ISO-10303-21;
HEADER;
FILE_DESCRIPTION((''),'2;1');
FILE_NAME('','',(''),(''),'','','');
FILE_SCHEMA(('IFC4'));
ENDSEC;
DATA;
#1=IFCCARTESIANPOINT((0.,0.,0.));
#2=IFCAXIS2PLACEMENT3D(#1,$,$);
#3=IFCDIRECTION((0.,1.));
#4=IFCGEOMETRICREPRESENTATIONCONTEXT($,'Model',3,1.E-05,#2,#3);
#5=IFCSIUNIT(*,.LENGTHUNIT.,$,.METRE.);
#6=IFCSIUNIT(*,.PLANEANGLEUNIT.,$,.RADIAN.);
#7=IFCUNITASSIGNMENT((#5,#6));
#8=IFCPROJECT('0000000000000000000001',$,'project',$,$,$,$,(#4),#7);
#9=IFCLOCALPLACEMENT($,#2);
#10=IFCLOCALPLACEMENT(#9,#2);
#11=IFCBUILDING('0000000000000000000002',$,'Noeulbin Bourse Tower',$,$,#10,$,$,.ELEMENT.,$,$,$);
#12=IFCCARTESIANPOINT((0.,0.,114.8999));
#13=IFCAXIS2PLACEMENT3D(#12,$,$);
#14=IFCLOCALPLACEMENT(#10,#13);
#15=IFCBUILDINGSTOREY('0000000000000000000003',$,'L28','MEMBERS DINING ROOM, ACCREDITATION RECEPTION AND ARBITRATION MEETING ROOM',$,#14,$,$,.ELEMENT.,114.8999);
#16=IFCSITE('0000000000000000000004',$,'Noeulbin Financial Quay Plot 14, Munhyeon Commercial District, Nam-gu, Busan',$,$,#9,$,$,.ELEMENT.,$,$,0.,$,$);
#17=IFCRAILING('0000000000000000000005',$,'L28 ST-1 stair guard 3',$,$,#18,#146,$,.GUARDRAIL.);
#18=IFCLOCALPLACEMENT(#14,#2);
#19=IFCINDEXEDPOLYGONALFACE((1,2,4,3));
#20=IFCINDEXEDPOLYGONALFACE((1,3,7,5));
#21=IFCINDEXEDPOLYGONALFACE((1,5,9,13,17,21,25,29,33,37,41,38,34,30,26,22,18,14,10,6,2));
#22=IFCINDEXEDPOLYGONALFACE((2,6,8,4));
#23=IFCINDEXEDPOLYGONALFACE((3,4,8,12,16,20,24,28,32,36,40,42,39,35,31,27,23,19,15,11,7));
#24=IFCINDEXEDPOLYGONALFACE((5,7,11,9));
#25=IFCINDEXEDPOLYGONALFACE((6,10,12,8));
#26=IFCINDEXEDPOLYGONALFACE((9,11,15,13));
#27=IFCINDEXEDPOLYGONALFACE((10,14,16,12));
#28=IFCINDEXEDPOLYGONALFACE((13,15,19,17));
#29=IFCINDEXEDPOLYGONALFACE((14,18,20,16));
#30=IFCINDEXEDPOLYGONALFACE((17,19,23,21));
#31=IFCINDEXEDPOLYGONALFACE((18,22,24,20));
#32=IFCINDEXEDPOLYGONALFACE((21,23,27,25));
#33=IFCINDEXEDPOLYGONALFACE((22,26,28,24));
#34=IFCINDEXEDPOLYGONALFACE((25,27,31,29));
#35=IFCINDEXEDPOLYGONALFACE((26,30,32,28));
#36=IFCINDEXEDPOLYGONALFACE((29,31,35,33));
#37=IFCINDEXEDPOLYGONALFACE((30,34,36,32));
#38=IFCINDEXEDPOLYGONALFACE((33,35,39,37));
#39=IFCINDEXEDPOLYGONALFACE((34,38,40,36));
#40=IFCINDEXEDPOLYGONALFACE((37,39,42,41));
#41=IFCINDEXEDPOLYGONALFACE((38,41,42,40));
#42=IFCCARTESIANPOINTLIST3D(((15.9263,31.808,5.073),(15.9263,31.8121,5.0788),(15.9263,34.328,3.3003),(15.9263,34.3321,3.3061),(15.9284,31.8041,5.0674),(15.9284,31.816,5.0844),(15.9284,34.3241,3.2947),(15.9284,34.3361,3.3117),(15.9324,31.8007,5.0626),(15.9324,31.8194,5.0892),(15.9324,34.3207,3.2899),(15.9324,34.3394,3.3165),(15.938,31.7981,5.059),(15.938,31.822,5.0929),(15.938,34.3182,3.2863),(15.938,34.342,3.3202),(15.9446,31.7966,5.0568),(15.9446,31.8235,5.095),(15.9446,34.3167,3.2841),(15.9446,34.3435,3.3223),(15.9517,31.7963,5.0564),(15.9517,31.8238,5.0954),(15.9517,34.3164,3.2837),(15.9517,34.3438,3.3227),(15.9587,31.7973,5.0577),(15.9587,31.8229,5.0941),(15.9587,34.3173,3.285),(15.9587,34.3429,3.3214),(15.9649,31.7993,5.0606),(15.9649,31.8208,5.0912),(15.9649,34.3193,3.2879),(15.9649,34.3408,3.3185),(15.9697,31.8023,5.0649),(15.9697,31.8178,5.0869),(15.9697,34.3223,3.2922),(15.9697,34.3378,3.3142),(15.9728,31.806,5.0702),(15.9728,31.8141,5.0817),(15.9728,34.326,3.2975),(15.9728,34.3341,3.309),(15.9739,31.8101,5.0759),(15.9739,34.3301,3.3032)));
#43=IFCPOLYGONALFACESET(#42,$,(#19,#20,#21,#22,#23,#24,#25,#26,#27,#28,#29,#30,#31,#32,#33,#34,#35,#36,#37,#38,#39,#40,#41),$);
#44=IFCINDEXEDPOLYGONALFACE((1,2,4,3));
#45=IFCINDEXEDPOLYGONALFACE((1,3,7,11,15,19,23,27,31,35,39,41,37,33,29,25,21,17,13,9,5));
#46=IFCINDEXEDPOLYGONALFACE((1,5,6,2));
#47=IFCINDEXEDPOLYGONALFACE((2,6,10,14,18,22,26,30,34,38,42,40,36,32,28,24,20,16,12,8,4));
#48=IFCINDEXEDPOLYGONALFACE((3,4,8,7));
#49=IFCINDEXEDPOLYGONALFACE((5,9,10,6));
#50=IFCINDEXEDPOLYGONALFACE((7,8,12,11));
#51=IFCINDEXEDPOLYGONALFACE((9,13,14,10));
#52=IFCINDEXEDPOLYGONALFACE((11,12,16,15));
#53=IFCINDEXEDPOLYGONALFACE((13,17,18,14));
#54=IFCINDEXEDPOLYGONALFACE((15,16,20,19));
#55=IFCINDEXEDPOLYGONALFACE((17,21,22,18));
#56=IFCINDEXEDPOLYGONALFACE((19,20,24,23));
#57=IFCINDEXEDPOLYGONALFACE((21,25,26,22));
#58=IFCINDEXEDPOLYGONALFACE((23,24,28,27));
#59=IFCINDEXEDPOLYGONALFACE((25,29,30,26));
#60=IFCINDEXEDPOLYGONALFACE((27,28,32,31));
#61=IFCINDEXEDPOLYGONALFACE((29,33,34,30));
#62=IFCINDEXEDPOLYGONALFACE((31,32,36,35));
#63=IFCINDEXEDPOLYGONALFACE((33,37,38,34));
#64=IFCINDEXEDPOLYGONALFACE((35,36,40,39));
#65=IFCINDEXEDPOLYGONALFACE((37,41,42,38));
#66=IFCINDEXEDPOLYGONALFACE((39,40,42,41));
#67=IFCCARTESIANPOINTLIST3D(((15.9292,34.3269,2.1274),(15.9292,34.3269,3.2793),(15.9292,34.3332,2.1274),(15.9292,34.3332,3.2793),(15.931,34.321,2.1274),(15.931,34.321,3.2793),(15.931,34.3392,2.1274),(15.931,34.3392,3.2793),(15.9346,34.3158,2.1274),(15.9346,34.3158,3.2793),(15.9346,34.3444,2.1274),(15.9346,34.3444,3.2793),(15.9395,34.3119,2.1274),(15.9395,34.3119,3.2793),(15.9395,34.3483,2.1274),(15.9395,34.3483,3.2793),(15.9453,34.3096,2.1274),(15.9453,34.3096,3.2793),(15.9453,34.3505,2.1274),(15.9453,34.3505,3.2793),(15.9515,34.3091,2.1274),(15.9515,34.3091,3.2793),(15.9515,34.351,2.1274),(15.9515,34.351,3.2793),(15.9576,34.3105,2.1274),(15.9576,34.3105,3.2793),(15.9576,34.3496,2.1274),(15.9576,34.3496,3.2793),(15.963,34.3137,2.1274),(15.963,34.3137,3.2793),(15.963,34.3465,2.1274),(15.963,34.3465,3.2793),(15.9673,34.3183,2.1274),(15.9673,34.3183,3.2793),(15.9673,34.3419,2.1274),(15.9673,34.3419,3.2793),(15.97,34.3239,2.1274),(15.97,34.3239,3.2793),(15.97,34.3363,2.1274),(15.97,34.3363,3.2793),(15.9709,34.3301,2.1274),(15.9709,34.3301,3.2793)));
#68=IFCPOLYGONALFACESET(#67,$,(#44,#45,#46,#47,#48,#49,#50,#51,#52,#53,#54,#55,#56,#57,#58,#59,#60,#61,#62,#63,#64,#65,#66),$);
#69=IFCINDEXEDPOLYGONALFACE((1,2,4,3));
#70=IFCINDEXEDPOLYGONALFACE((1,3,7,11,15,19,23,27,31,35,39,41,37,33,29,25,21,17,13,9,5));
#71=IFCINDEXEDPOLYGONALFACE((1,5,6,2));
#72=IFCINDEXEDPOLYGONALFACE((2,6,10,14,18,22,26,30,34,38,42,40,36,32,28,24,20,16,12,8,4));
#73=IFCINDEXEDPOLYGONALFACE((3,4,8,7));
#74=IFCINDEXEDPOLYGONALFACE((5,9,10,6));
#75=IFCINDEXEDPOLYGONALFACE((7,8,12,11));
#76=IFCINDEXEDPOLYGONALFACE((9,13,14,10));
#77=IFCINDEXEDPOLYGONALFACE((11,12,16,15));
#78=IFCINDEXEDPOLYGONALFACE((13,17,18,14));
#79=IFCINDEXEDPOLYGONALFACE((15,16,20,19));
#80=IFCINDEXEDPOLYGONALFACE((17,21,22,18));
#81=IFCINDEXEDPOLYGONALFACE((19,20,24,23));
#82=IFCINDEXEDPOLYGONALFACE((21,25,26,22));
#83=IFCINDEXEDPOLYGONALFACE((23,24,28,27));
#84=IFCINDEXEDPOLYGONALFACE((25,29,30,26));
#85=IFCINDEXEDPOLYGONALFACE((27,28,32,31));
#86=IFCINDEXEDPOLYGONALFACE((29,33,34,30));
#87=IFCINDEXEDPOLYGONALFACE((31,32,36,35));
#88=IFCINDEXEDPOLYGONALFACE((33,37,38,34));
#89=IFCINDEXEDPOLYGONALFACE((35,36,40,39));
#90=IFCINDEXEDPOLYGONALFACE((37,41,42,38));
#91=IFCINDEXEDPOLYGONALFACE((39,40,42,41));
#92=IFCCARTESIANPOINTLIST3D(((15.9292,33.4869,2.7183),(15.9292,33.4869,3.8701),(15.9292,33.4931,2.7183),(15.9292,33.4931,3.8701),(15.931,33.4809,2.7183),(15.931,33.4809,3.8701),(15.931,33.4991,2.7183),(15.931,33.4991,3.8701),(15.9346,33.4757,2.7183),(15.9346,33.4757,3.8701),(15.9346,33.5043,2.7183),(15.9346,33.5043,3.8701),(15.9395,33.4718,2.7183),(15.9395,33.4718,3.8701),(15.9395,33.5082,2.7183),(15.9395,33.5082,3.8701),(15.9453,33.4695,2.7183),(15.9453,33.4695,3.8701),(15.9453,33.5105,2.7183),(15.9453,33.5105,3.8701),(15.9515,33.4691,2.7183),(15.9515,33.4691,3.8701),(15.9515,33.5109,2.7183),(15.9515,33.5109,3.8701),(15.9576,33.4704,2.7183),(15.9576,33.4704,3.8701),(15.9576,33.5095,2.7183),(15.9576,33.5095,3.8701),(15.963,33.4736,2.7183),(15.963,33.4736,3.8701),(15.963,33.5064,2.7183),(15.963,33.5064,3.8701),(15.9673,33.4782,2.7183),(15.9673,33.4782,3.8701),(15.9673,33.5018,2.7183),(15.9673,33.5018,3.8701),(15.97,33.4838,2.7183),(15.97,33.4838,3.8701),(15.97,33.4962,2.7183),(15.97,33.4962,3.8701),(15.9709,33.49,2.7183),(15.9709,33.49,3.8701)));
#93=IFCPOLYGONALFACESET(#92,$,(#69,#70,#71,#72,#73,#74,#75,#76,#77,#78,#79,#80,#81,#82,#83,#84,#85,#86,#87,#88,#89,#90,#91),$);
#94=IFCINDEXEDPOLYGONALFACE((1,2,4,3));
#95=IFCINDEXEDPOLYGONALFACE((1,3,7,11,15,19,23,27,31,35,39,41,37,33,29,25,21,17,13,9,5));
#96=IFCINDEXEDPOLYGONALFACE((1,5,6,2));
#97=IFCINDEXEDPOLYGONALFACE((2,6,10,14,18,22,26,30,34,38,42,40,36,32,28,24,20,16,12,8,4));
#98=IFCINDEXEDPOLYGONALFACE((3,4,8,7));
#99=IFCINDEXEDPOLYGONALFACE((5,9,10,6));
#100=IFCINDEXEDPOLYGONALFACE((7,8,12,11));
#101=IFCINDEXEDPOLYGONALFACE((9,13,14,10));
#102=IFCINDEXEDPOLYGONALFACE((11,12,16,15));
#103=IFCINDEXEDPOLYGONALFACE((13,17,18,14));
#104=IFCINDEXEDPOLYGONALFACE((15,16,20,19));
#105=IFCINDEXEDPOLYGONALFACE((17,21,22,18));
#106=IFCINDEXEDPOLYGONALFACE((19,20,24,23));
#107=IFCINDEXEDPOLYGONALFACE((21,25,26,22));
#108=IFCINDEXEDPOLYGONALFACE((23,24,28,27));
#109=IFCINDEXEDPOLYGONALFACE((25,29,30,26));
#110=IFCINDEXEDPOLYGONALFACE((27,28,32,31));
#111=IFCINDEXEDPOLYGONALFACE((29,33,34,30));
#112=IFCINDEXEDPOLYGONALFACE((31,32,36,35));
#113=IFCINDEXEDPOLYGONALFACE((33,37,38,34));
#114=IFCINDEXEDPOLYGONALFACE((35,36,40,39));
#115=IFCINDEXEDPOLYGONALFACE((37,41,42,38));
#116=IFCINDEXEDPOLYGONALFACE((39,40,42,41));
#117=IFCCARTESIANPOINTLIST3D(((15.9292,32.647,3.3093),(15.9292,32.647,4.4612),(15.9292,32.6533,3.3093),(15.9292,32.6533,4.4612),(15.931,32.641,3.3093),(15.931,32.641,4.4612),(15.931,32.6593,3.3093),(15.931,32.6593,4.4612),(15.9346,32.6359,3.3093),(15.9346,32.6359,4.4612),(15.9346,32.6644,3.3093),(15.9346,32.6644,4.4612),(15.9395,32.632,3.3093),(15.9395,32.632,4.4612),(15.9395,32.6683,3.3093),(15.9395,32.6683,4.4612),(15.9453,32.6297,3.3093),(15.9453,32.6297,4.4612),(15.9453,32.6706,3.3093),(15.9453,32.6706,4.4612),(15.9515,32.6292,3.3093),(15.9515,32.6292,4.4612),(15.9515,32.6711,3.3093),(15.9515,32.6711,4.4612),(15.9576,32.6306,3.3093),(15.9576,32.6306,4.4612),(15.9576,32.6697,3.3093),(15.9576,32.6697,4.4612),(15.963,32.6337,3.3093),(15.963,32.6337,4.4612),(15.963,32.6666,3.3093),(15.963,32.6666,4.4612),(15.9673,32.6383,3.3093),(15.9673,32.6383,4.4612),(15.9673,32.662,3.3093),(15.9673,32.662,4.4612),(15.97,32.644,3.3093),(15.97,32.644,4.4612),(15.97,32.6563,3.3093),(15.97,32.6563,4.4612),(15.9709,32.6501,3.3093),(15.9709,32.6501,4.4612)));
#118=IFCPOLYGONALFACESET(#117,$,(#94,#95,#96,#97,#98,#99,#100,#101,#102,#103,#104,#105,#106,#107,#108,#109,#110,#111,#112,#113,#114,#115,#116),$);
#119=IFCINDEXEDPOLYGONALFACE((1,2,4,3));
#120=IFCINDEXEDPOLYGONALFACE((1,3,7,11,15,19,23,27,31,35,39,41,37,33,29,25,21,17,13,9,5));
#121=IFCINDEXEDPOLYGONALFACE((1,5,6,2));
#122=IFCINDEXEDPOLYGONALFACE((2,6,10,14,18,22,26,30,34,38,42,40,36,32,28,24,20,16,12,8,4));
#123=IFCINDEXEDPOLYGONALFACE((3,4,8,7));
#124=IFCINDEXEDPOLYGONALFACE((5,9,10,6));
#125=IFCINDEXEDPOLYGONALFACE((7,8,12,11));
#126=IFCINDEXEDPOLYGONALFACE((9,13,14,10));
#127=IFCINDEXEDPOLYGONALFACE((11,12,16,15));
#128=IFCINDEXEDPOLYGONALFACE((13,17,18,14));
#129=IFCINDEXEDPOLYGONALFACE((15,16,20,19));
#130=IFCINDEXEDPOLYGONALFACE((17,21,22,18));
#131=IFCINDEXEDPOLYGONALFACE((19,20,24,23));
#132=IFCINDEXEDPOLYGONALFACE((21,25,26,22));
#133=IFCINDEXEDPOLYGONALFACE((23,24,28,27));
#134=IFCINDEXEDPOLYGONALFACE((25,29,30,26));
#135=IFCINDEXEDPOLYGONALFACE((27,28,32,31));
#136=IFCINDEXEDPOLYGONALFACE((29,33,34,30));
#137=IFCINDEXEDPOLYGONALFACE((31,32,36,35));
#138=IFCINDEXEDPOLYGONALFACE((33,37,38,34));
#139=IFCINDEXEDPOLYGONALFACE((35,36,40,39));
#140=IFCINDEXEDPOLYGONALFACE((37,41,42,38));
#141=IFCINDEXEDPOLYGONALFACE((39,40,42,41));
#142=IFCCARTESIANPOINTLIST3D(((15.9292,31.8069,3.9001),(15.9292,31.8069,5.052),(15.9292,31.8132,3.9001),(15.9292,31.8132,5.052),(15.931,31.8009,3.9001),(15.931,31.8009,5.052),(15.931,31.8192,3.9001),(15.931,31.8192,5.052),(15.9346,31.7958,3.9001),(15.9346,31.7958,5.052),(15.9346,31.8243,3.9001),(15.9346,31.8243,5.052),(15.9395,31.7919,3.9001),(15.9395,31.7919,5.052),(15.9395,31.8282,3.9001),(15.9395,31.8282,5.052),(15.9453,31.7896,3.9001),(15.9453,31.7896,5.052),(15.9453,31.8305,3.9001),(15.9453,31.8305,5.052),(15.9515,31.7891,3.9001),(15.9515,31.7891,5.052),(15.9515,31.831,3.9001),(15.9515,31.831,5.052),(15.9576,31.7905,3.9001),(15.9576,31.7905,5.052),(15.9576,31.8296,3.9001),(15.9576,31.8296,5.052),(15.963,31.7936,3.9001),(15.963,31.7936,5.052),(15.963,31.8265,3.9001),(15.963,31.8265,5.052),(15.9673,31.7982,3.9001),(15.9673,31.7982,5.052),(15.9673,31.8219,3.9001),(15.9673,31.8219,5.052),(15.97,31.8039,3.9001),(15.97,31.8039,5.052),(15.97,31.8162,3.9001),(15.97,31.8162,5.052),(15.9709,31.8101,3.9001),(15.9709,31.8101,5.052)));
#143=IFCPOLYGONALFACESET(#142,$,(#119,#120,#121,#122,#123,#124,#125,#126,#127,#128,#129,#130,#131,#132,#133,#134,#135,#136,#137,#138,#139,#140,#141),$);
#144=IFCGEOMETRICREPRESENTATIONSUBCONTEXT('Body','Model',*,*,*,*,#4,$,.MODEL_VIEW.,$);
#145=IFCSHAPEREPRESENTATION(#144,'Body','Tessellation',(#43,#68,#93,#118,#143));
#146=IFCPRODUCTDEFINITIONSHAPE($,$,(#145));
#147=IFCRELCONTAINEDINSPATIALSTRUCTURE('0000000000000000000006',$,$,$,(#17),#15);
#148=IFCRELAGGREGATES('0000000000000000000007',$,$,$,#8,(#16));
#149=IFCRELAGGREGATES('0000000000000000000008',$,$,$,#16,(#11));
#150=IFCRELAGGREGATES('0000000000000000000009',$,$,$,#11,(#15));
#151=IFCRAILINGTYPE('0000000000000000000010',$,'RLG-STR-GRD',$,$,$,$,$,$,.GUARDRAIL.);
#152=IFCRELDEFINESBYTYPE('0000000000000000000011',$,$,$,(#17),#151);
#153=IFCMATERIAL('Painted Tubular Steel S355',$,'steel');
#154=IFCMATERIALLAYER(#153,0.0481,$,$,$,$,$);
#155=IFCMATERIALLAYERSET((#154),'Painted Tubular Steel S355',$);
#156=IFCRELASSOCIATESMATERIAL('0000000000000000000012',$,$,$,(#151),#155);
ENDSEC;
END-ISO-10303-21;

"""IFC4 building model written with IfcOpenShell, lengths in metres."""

from ifc_helpers import new_model, si_unit, direction, frame, origin, origin_2d, place, context, subcontext, project, spatial, circle, extrude, material, layer, layer_set, type_object, element, save


model = new_model("IFC4")

# Units and contexts
model_context = context("Model", 3, precision=1e-05, world=origin(), true_north=direction((0.0, 1.0)))
body_context = subcontext(model_context, "Body", "Model", "MODEL_VIEW")
ifc_project = project(units=[si_unit("LENGTHUNIT", "METRE"), si_unit("PLANEANGLEUNIT", "RADIAN")], contexts=[model_context])

# Site, building, storey
site_placement = place(None, origin())
site = spatial("IfcSite", under=ifc_project, at=site_placement, Name="Noeulbin Financial Quay Plot 14, Munhyeon Commercial District, Nam-gu, Busan", CompositionType="ELEMENT", RefElevation=0.0)
building_placement = place(site_placement, origin())
building = spatial("IfcBuilding", under=site, at=building_placement, Name="Noeulbin Bourse Tower", CompositionType="ELEMENT")
storey_placement = place(building_placement, frame((0.0, 0.0, 114.8999)))
storey = spatial("IfcBuildingStorey", under=building, at=storey_placement, Name="L28", Description="MEMBERS DINING ROOM, ACCREDITATION RECEPTION AND ARBITRATION MEETING ROOM", CompositionType="ELEMENT", Elevation=114.8999)

# Railing
ifc_material_1 = material(Name="Painted Tubular Steel S355", Category="steel")
ifc_layer_1 = layer(ifc_material_1, 0.0481)
ifc_layer_set_1 = layer_set([ifc_layer_1], Name="Painted Tubular Steel S355")
railing_type_1 = type_object("IfcRailingType", Name="RLG-STR-GRD", PredefinedType="GUARDRAIL", material=ifc_layer_set_1)
railing_1_placement = place(storey_placement, frame((15.95, 34.3301, 2.1274)))
element("IfcRailing", 1, at=railing_1_placement, inside=storey, type_object=railing_type_1, Name="L28 ST-1 stair guard 3", PredefinedType="GUARDRAIL", context=body_context, shape_type="SweptSolid", body=[
    extrude(circle(Radius=0.0239, at=origin_2d()), frame((0.0, 0.0, 1.1758), z_axis=(0.0, -0.817904, 0.575354), x_axis=(1.0, 0.0, 0.0)), (0.0, 0.0, 1.0), 3.0811),
    extrude(circle(Radius=0.021, at=origin_2d()), origin(), (0.0, 0.0, 1.0), 1.1519),
    extrude(circle(Radius=0.021, at=origin_2d()), frame((0.0, -0.8401, 0.5908)), (0.0, 0.0, 1.0), 1.1519),
    extrude(circle(Radius=0.021, at=origin_2d()), frame((0.0, -1.6799, 1.1819)), (0.0, 0.0, 1.0), 1.1519),
    extrude(circle(Radius=0.021, at=origin_2d()), frame((0.0, -2.52, 1.7727)), (0.0, 0.0, 1.0), 1.1519),
])

save(model, "model.ifc")
